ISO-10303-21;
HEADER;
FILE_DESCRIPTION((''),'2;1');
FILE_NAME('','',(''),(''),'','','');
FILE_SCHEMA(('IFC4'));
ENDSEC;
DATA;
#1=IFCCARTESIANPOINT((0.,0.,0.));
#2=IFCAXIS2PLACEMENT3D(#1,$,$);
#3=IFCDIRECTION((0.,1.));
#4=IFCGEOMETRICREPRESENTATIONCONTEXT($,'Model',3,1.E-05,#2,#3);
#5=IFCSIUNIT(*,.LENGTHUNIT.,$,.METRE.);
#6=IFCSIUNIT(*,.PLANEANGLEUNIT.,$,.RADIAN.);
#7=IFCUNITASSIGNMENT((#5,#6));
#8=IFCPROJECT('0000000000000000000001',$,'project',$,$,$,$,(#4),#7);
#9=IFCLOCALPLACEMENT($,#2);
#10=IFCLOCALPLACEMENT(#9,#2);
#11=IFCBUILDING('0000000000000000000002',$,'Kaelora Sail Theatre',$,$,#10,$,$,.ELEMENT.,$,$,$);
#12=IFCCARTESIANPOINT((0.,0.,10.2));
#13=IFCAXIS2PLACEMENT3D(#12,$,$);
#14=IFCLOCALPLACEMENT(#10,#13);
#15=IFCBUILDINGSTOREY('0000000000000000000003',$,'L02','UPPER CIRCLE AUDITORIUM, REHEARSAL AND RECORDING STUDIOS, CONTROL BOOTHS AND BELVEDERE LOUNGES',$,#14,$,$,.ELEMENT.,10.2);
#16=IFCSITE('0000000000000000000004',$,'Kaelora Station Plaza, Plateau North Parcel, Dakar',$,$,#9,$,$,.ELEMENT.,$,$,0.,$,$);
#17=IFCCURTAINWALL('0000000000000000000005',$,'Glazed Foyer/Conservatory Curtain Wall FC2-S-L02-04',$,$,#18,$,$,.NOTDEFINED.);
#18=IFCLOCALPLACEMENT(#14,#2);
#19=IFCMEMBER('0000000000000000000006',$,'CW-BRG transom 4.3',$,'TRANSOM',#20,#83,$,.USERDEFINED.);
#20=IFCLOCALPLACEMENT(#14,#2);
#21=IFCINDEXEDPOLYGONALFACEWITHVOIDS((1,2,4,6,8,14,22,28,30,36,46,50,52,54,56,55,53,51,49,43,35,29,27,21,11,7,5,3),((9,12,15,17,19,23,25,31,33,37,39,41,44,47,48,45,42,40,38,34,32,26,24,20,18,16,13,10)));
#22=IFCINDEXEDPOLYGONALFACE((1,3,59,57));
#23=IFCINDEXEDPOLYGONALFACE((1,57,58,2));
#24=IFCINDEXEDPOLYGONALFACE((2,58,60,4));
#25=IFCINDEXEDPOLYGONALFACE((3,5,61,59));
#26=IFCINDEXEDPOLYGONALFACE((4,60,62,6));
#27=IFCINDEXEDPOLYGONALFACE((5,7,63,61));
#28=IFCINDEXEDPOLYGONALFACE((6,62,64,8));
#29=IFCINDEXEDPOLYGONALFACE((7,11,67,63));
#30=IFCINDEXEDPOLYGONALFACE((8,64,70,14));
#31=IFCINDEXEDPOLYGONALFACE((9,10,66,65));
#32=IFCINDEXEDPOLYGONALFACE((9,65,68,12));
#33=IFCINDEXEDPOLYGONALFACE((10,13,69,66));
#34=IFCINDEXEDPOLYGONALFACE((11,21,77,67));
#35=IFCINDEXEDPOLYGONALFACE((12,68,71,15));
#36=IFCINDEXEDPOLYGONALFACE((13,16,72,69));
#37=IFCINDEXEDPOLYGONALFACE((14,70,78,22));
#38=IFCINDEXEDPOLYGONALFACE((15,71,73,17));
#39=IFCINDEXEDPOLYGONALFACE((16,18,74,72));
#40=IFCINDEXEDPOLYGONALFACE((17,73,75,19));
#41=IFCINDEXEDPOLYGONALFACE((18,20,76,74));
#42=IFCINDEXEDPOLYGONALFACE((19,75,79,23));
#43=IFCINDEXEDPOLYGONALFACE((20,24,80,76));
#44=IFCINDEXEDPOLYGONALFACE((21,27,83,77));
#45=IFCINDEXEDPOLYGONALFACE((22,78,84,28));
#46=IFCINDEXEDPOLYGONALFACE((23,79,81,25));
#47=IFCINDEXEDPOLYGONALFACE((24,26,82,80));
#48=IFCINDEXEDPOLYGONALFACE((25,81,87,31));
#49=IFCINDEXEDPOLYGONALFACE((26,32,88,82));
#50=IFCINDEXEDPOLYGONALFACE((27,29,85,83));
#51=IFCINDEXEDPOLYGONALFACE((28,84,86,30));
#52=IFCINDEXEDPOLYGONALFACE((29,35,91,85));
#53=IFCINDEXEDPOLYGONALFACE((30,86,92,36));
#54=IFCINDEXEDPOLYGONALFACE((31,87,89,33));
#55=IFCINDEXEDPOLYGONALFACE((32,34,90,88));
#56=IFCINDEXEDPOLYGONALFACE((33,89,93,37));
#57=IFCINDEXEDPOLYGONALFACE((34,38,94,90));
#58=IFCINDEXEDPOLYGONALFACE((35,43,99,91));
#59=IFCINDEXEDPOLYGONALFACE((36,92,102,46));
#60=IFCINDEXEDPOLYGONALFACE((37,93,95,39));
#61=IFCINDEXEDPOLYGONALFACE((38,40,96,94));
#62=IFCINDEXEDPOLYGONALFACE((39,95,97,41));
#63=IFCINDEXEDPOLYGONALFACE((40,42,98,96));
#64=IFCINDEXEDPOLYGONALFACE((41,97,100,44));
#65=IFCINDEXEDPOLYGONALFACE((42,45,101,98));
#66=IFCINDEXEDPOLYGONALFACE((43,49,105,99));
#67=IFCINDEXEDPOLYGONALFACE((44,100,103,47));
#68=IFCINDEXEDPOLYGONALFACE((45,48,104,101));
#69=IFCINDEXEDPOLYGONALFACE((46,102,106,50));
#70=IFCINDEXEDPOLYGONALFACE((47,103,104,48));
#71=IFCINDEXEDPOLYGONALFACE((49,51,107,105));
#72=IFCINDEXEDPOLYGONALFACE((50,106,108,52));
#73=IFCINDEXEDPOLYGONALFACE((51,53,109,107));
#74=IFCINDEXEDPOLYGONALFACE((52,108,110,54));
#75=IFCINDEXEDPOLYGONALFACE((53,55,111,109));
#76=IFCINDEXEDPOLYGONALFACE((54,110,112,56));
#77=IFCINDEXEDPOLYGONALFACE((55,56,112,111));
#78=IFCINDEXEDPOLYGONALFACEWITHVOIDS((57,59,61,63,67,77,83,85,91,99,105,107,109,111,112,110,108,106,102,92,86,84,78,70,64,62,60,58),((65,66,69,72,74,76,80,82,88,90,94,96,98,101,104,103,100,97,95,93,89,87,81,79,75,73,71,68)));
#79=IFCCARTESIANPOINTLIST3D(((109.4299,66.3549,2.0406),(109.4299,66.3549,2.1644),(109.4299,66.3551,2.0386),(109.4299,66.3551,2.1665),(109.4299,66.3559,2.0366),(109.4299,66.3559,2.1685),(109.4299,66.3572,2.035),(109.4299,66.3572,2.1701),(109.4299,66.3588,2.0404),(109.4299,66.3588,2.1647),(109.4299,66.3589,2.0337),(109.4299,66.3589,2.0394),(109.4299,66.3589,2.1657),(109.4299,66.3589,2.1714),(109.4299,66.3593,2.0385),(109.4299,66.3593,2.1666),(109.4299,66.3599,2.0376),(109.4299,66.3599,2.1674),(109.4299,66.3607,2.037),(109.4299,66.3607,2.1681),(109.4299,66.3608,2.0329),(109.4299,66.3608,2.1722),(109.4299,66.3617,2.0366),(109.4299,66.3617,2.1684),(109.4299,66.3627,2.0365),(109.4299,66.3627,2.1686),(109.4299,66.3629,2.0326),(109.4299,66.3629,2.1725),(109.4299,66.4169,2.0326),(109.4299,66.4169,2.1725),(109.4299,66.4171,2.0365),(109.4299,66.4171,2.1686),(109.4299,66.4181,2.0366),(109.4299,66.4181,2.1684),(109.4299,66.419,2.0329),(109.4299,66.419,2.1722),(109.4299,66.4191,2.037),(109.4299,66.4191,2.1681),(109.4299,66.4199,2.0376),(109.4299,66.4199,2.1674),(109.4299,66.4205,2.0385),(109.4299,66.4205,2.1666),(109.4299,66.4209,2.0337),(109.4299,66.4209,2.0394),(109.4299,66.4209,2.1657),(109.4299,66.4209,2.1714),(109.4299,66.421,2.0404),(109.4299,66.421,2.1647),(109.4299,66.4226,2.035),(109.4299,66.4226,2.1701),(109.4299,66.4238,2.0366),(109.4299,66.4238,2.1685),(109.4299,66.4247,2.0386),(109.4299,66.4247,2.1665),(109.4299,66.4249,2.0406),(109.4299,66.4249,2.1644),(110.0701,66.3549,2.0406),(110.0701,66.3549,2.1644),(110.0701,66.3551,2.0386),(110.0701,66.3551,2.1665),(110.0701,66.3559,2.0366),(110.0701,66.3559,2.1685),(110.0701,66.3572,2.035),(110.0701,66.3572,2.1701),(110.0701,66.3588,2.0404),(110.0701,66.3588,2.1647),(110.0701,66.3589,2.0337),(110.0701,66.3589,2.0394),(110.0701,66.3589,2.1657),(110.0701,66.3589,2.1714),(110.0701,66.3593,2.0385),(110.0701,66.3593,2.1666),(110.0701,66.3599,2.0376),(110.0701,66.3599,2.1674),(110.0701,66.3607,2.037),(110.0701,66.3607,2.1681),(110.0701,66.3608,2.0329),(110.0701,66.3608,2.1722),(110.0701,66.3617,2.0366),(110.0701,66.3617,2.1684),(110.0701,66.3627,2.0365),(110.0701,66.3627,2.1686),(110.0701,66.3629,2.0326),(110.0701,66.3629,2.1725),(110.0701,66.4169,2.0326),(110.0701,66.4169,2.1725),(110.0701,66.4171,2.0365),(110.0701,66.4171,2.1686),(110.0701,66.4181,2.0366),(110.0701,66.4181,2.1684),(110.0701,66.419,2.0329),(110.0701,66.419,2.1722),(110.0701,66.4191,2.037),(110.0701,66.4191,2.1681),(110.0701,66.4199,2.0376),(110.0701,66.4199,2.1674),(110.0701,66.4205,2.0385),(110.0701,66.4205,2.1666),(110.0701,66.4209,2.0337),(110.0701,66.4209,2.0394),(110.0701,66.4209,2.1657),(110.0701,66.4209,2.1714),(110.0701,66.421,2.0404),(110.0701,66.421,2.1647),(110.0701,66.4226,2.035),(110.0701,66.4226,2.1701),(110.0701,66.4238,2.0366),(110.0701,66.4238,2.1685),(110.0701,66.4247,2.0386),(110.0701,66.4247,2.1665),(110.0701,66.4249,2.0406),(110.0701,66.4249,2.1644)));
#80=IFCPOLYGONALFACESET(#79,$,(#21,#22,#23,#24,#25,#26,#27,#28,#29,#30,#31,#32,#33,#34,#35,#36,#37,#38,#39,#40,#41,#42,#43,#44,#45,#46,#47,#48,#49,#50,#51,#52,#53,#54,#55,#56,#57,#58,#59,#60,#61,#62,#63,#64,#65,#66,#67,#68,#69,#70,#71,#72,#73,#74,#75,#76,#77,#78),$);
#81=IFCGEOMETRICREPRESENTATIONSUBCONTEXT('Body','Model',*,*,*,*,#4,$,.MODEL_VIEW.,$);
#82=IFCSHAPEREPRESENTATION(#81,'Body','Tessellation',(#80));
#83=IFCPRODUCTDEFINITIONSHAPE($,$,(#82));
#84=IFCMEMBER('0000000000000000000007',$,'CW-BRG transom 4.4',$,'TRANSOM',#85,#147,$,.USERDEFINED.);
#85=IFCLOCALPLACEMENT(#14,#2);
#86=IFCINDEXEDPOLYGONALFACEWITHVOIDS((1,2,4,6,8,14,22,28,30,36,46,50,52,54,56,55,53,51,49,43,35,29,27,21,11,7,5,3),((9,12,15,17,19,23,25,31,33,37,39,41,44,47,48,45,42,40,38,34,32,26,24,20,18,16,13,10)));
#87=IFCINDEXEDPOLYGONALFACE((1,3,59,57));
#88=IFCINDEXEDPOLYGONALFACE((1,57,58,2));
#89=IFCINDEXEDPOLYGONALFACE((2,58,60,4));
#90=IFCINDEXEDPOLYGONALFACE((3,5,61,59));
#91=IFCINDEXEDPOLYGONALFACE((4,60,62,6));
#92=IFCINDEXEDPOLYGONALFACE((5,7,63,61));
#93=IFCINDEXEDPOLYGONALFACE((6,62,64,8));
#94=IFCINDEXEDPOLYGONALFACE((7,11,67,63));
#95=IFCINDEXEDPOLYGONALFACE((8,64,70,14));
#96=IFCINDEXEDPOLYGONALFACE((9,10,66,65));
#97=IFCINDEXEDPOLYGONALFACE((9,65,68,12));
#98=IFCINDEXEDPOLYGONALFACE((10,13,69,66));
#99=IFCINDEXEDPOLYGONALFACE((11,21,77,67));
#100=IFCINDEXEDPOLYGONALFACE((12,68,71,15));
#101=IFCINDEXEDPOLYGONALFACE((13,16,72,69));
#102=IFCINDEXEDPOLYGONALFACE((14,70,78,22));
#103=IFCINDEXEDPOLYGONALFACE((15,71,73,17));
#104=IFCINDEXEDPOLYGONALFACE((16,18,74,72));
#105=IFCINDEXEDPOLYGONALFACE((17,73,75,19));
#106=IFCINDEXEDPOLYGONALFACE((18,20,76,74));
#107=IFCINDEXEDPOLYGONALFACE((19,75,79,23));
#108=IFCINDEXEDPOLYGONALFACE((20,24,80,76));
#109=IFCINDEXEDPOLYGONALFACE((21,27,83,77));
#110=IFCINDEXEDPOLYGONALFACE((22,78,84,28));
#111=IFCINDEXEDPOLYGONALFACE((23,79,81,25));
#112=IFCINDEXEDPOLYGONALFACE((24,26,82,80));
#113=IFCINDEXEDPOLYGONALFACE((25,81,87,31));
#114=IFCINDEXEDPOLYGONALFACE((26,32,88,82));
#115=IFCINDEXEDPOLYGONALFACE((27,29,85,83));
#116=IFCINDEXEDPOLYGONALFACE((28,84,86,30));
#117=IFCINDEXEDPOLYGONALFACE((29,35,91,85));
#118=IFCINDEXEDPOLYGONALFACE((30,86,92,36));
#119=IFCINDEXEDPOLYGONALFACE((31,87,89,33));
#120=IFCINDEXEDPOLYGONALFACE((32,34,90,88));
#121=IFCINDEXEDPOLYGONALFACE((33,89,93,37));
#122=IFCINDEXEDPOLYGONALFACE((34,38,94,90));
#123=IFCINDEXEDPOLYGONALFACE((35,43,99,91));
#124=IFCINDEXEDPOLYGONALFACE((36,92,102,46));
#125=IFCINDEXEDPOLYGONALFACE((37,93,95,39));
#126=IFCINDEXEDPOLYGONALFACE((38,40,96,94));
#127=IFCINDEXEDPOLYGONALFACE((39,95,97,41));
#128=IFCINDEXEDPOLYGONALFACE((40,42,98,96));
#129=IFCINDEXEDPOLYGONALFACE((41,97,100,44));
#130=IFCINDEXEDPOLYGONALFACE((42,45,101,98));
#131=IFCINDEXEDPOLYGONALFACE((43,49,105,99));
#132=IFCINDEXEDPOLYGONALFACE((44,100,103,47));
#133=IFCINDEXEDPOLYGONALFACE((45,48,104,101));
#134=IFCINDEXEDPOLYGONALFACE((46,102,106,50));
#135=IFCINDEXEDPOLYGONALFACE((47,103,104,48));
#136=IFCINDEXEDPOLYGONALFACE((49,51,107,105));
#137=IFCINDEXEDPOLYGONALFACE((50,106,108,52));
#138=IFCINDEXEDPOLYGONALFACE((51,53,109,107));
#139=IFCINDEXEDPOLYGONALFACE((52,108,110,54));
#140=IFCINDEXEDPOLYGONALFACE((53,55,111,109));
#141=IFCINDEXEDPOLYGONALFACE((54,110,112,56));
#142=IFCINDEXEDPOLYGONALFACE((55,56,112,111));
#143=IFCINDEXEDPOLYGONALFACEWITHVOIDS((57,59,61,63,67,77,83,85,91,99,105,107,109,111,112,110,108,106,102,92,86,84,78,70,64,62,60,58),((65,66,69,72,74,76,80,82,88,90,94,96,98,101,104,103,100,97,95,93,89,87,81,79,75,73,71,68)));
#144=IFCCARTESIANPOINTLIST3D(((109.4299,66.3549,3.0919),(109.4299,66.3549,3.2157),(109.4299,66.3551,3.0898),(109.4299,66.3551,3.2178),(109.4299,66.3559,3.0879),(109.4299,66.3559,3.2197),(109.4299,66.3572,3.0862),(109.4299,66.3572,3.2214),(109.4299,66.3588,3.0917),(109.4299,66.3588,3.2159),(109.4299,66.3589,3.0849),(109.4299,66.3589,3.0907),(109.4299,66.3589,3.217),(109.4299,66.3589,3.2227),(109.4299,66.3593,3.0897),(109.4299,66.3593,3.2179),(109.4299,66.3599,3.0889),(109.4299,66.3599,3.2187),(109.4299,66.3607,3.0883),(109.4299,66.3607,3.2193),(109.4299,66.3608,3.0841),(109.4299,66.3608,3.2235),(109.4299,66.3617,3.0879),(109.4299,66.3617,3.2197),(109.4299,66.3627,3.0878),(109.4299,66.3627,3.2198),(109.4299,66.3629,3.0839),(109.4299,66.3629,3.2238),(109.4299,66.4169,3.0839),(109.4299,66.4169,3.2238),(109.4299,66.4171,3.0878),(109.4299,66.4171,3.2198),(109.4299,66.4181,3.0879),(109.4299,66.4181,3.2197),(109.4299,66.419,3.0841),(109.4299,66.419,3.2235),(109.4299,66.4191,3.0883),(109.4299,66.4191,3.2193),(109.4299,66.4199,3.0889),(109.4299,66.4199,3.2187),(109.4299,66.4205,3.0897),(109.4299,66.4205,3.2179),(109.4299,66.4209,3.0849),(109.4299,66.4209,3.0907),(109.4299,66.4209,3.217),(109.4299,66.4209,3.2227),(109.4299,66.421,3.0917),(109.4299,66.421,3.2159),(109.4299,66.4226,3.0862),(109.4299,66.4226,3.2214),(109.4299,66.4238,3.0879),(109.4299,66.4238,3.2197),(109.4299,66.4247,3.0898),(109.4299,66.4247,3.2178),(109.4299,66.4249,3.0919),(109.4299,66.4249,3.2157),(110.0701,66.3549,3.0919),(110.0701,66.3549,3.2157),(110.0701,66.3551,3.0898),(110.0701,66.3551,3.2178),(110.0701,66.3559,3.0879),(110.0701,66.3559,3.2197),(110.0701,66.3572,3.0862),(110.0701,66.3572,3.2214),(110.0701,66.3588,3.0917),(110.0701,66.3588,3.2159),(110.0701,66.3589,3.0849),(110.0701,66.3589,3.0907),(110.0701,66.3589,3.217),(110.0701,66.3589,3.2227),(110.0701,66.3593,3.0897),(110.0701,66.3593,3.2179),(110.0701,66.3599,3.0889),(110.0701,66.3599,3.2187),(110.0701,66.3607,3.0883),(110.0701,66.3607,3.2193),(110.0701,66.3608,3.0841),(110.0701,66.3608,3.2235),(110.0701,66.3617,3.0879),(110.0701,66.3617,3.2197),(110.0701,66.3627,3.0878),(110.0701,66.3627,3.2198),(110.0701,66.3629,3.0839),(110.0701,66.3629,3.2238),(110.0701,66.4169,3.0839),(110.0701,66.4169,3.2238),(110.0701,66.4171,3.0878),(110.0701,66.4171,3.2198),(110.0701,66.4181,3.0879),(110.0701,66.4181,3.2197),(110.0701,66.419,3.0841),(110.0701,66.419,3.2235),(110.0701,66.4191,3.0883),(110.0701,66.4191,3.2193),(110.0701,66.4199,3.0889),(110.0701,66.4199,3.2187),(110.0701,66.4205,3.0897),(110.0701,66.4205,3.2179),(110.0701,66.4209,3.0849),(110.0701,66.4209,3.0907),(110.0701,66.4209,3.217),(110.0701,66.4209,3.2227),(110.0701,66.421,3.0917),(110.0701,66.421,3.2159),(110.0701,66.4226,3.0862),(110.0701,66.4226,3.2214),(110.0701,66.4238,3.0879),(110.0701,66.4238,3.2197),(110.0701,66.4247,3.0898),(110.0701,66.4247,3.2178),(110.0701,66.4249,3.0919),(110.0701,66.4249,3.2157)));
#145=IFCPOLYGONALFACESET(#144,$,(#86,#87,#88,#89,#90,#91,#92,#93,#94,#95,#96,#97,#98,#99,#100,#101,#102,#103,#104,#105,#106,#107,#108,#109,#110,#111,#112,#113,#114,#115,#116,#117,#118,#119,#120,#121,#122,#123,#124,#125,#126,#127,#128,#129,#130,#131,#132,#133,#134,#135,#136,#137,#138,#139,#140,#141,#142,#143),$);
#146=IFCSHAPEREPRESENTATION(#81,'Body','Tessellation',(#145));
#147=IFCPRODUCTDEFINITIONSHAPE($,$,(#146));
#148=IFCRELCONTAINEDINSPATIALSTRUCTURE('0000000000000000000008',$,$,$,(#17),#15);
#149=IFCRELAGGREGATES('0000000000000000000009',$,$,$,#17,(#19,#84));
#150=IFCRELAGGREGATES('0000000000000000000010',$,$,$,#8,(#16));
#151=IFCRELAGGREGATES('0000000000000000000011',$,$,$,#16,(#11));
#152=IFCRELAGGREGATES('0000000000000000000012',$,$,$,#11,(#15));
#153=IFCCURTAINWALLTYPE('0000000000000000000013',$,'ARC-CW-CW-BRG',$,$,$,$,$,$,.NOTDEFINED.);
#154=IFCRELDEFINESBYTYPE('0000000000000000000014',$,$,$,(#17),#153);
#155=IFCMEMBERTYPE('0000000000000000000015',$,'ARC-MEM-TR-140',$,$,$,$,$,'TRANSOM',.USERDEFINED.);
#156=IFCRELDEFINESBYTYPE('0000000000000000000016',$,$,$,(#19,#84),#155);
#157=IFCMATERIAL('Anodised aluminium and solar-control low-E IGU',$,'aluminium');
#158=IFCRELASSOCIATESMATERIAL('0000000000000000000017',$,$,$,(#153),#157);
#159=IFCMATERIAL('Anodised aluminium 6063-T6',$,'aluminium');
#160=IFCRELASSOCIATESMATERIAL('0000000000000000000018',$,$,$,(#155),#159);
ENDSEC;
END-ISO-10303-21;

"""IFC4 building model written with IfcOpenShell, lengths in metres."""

from ifc_helpers import new_model, si_unit, direction, frame, origin, origin_2d, place, context, subcontext, project, spatial, hollow_rectangle, extrude, material, material_profile, profile_set, type_object, element, aggregate, save


model = new_model("IFC4")

# Units and contexts
model_context = context("Model", 3, precision=1e-05, world=origin(), true_north=direction((0.0, 1.0)))
body_context = subcontext(model_context, "Body", "Model", "MODEL_VIEW")
ifc_project = project(units=[si_unit("LENGTHUNIT", "METRE"), si_unit("PLANEANGLEUNIT", "RADIAN")], contexts=[model_context])

# Site, building, storey
site_placement = place(None, origin())
site = spatial("IfcSite", under=ifc_project, at=site_placement, Name="Kaelora Station Plaza, Plateau North Parcel, Dakar", CompositionType="ELEMENT", RefElevation=0.0)
building_placement = place(site_placement, origin())
building = spatial("IfcBuilding", under=site, at=building_placement, Name="Kaelora Sail Theatre", CompositionType="ELEMENT")
storey_placement = place(building_placement, frame((0.0, 0.0, 10.2)))
storey = spatial("IfcBuildingStorey", under=building, at=storey_placement, Name="L02", Description="UPPER CIRCLE AUDITORIUM, REHEARSAL AND RECORDING STUDIOS, CONTROL BOOTHS AND BELVEDERE LOUNGES", CompositionType="ELEMENT", Elevation=10.2)

# Curtain wall
ifc_material_1 = material(Name="Anodised aluminium and solar-control low-E IGU", Category="aluminium")
curtain_wall_type = type_object("IfcCurtainWallType", Name="ARC-CW-CW-BRG", PredefinedType="NOTDEFINED", material=ifc_material_1)
curtain_wall_1_placement = place(storey_placement, origin())
curtain_wall_1 = element("IfcCurtainWall", 1, at=curtain_wall_1_placement, inside=storey, type_object=curtain_wall_type, Name="Glazed Foyer/Conservatory Curtain Wall FC2-S-L02-04", PredefinedType="NOTDEFINED")

# Members
ifc_material_2 = material(Name="Anodised aluminium 6063-T6", Category="aluminium")
ifc_material_profile_1 = material_profile(ifc_material_2, hollow_rectangle(XDim=0.0701, YDim=0.1399, WallThickness=0.0039, InnerFilletRadius=0.0039, OuterFilletRadius=0.0081, at=origin_2d()), Name="ALU-TRAN 70x140x4")
ifc_profile_set_1 = profile_set([ifc_material_profile_1], Name="Anodised aluminium 6063-T6")
member_type_1 = type_object("IfcMemberType", Name="ARC-MEM-TR-140", ElementType="TRANSOM", PredefinedType="USERDEFINED", material=ifc_profile_set_1)
member_1_placement = place(storey_placement, frame((109.4299, 66.3899, 2.1025), z_axis=(1.0, 0.0, 0.0), x_axis=(0.0, 1.0, 0.0)))
member_1 = element("IfcMember", 2, at=member_1_placement, type_object=member_type_1, Name="CW-BRG transom 4.3", ObjectType="TRANSOM", PredefinedType="USERDEFINED", context=body_context, shape_type="SweptSolid", body=[
    extrude(hollow_rectangle(XDim=0.0701, YDim=0.1399, WallThickness=0.0039, InnerFilletRadius=0.0039, OuterFilletRadius=0.0081, at=origin_2d()), origin(), (0.0, 0.0, 1.0), 0.6401),
])
member_2_placement = place(storey_placement, frame((109.4299, 66.3899, 3.1538), z_axis=(1.0, 0.0, 0.0), x_axis=(0.0, 1.0, 0.0)))
member_2 = element("IfcMember", 3, at=member_2_placement, type_object=member_type_1, Name="CW-BRG transom 4.4", ObjectType="TRANSOM", PredefinedType="USERDEFINED", context=body_context, shape_type="SweptSolid", body=[
    extrude(hollow_rectangle(XDim=0.0701, YDim=0.1399, WallThickness=0.0039, InnerFilletRadius=0.0039, OuterFilletRadius=0.0081, at=origin_2d()), origin(), (0.0, 0.0, 1.0), 0.6401),
])

aggregate(curtain_wall_1, [member_1, member_2])

save(model, "model.ifc")
